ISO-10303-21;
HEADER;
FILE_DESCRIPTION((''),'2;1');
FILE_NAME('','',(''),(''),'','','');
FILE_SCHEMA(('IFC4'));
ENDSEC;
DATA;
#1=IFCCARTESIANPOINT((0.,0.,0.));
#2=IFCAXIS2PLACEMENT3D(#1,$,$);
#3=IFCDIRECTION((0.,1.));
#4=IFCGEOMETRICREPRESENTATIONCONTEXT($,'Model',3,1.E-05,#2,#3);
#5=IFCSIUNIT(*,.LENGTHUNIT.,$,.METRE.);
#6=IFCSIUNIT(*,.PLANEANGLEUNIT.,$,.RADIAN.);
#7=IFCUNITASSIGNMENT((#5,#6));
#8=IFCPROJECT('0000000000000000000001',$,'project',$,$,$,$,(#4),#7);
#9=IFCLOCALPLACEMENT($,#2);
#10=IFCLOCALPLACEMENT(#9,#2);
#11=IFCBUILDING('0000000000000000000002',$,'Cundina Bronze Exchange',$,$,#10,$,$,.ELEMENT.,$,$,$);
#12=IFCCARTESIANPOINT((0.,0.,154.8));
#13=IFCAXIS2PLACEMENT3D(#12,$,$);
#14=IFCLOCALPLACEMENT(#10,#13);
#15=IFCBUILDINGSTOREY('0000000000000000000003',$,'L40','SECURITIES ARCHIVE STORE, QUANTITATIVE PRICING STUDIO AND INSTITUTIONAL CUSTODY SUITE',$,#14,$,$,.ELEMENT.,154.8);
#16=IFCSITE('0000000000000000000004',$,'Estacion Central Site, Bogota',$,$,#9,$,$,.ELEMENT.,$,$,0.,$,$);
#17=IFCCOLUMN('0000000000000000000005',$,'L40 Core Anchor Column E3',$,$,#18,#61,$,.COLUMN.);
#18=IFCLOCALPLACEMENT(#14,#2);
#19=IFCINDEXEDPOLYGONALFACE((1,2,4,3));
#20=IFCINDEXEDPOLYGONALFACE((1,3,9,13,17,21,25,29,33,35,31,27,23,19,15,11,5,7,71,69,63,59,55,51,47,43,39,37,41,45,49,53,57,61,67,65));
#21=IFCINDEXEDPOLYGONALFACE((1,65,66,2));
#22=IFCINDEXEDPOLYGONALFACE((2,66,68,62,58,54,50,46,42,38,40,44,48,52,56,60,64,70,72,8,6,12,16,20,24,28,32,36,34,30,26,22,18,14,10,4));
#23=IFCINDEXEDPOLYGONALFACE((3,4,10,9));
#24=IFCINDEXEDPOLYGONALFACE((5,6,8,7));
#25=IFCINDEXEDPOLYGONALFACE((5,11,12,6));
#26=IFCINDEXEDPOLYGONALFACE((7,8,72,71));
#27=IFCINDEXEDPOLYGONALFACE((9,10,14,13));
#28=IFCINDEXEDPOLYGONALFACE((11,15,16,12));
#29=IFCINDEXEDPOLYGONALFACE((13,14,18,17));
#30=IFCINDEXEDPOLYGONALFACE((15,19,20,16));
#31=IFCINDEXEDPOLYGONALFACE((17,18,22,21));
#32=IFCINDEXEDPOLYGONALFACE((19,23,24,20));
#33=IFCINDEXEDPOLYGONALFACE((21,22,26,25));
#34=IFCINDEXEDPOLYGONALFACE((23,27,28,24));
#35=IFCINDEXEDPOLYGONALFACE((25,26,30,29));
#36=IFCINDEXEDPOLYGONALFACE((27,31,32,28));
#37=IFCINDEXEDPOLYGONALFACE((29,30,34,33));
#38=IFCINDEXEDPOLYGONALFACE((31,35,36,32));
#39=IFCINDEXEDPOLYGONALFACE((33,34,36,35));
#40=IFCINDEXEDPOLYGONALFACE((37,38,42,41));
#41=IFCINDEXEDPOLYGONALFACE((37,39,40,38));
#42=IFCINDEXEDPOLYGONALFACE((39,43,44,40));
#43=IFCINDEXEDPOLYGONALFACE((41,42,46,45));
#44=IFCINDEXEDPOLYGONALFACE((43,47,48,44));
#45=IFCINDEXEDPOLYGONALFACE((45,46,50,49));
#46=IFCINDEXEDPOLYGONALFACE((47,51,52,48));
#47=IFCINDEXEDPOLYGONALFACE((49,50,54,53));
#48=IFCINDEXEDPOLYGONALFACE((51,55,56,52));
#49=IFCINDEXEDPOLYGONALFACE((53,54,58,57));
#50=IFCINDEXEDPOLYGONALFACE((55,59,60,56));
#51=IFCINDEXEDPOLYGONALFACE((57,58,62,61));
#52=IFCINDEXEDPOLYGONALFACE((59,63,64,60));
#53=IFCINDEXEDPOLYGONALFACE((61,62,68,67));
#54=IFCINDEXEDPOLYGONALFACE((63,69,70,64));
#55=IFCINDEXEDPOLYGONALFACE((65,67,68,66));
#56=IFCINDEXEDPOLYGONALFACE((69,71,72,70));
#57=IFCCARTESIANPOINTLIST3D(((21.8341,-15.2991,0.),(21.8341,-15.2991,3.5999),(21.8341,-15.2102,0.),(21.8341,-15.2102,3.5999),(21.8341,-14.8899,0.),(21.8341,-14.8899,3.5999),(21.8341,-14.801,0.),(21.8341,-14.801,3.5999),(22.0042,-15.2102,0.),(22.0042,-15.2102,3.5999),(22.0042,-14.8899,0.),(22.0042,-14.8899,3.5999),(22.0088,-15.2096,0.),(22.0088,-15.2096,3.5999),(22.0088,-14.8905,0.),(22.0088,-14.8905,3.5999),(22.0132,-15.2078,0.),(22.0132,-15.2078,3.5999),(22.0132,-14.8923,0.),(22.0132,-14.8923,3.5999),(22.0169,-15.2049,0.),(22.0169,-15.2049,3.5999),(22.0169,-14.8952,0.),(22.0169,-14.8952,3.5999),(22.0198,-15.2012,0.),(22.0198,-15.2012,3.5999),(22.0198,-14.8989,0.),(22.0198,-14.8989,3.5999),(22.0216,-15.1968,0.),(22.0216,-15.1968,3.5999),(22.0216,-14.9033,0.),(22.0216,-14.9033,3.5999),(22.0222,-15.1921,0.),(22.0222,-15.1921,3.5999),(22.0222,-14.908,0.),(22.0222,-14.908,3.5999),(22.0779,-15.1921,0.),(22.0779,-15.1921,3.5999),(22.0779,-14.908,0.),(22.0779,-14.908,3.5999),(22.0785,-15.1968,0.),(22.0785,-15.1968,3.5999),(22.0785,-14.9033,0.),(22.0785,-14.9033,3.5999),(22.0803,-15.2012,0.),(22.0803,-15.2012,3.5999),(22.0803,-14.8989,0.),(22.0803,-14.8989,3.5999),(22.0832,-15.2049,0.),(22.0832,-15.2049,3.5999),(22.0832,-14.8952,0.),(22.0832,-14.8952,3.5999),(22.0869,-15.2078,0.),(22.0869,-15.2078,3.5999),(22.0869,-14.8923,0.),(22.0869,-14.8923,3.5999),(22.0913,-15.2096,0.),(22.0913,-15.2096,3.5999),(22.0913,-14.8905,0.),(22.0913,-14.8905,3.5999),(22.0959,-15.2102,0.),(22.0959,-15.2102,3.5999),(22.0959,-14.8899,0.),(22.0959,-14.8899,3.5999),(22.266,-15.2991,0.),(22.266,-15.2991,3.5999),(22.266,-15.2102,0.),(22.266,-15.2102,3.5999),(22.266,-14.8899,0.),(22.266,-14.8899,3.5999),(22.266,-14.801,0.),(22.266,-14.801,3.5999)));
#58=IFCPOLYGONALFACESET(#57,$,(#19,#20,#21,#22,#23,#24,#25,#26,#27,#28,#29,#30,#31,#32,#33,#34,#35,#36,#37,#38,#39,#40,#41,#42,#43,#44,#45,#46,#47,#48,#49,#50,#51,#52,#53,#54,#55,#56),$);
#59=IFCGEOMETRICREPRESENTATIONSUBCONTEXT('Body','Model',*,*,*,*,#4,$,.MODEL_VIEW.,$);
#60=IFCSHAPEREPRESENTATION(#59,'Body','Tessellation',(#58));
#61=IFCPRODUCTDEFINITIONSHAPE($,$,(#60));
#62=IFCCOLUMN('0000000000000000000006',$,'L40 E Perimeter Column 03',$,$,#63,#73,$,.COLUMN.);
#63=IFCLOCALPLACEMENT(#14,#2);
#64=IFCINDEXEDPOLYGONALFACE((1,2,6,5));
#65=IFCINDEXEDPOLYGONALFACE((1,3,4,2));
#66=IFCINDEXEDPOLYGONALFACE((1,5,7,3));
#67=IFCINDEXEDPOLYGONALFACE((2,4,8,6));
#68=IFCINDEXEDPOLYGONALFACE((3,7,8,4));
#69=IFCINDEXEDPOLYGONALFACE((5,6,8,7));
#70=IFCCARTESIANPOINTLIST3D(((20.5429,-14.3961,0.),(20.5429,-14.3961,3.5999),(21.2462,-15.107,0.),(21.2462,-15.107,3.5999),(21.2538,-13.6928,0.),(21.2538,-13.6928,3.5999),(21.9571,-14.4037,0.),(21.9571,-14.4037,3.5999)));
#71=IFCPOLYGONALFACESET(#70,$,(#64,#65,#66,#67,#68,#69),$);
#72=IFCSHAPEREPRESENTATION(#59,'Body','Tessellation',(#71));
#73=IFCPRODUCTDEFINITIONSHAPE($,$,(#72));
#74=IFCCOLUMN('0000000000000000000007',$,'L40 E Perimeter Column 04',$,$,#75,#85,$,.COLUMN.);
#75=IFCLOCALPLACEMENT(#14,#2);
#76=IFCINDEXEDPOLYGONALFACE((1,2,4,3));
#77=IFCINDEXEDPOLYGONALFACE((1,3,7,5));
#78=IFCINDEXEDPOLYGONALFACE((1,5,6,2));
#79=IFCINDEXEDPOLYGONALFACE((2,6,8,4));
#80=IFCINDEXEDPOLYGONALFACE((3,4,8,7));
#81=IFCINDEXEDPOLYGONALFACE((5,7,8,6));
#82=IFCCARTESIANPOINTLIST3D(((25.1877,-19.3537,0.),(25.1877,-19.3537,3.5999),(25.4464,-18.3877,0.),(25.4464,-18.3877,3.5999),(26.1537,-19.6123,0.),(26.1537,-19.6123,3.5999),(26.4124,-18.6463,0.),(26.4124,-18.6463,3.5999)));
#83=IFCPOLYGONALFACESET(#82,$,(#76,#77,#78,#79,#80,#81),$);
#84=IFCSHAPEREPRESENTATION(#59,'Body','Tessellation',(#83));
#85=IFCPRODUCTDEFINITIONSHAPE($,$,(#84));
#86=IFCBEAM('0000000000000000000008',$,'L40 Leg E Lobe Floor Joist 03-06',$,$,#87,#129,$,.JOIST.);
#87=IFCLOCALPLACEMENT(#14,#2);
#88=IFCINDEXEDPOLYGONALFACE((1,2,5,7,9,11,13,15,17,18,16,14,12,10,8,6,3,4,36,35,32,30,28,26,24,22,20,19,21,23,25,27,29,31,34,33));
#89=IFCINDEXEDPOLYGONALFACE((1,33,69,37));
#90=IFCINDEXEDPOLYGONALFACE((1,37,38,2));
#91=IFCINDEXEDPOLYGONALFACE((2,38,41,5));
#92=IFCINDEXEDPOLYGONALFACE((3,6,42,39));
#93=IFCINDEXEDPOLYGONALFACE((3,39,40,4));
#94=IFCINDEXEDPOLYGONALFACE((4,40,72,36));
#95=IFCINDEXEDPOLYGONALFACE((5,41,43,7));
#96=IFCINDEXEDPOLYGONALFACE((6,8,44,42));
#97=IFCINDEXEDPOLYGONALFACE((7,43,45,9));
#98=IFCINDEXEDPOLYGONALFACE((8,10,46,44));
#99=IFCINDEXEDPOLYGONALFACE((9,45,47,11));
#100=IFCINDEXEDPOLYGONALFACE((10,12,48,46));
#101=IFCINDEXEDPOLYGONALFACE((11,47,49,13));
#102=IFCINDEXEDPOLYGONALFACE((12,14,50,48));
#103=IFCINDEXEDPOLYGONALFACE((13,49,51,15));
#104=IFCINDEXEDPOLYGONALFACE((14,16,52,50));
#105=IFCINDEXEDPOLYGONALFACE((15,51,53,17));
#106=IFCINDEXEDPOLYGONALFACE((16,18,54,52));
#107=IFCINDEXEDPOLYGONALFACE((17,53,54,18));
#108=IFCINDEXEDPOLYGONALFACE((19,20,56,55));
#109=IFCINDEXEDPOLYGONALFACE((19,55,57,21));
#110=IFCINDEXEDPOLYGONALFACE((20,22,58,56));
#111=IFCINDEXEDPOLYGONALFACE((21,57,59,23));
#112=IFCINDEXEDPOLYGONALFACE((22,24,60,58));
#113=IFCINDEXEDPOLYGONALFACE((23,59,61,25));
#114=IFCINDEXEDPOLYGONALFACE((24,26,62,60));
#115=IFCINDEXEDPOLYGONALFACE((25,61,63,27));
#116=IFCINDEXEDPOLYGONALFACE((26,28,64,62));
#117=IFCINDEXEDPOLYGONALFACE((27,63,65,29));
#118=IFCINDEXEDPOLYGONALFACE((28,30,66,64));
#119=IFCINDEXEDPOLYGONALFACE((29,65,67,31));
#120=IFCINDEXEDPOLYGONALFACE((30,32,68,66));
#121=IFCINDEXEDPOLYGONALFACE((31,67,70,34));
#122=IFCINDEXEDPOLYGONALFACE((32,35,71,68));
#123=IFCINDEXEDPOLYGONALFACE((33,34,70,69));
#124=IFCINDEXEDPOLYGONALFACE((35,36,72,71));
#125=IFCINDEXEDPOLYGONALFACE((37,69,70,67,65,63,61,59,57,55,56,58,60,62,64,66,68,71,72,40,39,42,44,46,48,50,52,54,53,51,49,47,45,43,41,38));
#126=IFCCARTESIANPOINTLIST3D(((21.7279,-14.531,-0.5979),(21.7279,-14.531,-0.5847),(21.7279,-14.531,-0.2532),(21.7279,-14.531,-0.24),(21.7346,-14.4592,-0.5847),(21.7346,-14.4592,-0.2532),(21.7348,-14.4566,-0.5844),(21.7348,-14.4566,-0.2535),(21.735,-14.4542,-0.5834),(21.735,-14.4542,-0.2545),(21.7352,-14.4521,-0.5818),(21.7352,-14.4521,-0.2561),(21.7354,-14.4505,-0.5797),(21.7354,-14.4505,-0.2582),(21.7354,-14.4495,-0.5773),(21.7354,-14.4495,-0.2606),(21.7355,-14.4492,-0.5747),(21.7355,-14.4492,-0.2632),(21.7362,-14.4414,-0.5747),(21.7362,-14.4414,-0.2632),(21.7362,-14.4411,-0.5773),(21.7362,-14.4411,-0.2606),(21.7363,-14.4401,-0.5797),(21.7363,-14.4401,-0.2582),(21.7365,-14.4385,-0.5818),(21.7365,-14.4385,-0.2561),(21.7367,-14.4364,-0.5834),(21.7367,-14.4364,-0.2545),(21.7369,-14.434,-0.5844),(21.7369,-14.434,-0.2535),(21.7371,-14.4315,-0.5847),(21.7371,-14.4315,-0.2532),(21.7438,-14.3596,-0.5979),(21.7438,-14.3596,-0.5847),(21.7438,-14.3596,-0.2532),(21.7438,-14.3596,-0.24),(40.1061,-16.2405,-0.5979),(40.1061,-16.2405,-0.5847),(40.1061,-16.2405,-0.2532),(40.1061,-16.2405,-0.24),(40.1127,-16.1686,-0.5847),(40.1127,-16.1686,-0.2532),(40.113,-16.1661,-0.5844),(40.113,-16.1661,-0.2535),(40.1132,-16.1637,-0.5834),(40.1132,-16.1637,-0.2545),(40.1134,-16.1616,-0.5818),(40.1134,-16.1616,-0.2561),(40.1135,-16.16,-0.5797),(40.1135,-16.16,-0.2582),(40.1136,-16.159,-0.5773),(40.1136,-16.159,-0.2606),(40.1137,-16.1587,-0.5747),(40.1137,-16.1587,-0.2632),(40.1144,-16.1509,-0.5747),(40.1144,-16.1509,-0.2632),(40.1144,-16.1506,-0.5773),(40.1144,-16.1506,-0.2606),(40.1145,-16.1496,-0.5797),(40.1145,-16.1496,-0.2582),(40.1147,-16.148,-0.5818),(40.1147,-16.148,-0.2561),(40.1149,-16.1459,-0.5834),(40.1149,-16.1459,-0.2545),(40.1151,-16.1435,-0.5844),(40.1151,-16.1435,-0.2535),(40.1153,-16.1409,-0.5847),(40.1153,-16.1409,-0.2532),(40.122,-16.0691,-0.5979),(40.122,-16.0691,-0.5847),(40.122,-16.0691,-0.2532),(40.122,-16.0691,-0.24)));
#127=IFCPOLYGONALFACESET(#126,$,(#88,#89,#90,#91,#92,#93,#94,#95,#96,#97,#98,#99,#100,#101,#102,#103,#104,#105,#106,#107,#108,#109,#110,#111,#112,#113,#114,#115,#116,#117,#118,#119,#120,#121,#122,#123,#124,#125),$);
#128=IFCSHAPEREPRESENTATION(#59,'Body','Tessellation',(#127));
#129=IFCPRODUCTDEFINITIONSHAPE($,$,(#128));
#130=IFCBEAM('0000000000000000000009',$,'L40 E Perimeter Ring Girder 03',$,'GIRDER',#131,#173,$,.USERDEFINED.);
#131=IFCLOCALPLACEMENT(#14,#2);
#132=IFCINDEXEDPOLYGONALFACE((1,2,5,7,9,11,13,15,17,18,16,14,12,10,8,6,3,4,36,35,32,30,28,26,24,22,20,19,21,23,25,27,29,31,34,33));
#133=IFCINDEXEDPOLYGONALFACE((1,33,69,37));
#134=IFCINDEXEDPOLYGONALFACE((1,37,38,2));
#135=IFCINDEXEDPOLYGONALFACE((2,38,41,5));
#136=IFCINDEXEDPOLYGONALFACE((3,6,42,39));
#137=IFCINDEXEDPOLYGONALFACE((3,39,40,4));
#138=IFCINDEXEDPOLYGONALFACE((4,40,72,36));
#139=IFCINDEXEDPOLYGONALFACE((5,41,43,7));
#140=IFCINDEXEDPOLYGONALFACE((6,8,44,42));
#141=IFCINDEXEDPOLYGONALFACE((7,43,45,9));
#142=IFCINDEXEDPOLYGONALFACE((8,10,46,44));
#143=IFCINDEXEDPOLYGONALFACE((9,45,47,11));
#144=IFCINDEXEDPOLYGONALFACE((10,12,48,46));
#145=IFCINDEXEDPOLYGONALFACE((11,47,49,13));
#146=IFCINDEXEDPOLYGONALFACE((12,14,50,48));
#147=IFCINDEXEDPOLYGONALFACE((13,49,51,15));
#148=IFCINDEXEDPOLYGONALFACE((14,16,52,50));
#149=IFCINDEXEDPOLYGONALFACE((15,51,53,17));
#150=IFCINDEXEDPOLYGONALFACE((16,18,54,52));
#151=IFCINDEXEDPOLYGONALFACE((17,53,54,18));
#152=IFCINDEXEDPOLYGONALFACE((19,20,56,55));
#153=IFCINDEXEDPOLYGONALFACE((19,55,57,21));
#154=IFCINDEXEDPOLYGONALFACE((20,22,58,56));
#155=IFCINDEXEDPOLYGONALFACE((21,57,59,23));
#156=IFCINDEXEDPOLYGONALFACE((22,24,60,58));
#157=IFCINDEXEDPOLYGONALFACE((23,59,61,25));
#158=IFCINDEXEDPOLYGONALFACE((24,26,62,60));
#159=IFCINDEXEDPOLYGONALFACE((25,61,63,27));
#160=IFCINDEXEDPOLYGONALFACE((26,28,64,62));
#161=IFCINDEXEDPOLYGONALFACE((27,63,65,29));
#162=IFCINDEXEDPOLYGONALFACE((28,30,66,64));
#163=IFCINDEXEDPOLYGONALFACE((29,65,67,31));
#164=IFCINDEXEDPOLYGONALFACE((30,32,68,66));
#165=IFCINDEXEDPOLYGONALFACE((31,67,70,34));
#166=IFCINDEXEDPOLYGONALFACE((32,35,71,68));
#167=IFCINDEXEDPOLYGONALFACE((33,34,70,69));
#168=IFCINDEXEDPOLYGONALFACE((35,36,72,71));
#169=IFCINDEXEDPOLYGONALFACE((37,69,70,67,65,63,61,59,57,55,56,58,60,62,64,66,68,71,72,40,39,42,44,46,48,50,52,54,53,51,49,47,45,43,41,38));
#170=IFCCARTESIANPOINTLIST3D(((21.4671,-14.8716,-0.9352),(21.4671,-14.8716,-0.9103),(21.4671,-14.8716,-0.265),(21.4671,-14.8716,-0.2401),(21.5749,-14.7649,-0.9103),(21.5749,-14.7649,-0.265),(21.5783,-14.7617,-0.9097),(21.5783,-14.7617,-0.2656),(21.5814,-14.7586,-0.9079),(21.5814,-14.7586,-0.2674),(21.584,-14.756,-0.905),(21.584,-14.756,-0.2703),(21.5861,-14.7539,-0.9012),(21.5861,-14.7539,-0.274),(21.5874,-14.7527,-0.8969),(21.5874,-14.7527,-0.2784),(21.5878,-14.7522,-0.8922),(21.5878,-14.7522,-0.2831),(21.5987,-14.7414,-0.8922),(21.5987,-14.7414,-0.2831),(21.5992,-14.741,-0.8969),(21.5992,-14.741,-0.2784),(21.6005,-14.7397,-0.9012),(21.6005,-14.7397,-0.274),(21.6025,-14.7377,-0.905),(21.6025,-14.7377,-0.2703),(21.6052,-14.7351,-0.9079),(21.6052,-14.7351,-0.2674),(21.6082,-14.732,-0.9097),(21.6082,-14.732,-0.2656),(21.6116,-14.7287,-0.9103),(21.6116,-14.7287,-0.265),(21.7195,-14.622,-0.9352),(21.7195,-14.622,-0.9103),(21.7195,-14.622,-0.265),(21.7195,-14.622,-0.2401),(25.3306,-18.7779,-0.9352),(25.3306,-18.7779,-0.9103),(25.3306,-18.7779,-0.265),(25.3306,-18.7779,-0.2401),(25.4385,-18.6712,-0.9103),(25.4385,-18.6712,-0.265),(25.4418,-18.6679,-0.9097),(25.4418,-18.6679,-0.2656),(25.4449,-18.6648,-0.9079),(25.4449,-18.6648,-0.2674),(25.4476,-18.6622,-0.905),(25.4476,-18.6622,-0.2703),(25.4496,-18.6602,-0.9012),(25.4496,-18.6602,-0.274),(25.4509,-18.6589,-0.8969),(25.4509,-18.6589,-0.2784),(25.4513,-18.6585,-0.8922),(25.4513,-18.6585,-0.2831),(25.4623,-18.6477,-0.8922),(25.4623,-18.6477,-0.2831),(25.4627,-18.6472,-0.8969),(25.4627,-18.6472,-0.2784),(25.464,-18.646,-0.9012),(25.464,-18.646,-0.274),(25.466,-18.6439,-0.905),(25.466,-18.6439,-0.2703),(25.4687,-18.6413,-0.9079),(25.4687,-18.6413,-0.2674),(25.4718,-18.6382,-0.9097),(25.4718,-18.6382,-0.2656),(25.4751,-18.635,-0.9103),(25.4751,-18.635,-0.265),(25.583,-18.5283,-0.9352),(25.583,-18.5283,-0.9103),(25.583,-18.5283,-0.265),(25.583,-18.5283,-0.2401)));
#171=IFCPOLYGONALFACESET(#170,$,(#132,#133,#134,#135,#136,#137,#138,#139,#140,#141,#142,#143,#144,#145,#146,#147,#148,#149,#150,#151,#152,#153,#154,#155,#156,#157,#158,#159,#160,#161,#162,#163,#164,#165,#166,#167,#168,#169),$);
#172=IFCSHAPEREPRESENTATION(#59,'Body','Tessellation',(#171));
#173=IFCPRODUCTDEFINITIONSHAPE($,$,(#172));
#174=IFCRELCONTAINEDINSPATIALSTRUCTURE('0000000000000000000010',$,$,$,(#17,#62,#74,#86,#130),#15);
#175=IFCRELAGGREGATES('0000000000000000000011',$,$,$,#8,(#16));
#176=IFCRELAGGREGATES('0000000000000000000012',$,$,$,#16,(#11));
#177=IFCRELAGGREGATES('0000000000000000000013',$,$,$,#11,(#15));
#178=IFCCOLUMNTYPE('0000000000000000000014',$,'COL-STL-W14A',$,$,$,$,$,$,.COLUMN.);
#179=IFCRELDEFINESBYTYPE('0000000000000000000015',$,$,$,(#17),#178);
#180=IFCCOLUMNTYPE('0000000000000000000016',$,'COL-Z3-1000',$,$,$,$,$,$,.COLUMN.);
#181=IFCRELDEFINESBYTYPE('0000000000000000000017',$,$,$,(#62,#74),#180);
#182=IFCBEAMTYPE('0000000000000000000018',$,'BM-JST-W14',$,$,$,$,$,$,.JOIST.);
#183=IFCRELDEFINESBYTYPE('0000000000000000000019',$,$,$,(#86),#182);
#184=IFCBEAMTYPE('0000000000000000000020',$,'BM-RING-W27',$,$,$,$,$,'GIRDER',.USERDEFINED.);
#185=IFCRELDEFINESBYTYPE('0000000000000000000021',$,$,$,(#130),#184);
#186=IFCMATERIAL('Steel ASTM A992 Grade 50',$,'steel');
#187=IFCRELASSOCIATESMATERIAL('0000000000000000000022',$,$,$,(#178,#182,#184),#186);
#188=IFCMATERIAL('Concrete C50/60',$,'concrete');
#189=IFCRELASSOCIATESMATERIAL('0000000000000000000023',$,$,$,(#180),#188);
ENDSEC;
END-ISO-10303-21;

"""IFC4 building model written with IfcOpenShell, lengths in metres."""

from ifc_helpers import new_model, si_unit, direction, frame, origin, origin_2d, place, context, subcontext, project, spatial, rectangle, i_section, extrude, material, material_profile, profile_set, type_object, element, save


model = new_model("IFC4")

# Units and contexts
model_context = context("Model", 3, precision=1e-05, world=origin(), true_north=direction((0.0, 1.0)))
body_context = subcontext(model_context, "Body", "Model", "MODEL_VIEW")
ifc_project = project(units=[si_unit("LENGTHUNIT", "METRE"), si_unit("PLANEANGLEUNIT", "RADIAN")], contexts=[model_context])

# Site, building, storey
site_placement = place(None, origin())
site = spatial("IfcSite", under=ifc_project, at=site_placement, Name="Estacion Central Site, Bogota", CompositionType="ELEMENT", RefElevation=0.0)
building_placement = place(site_placement, origin())
building = spatial("IfcBuilding", under=site, at=building_placement, Name="Cundina Bronze Exchange", CompositionType="ELEMENT")
storey_placement = place(building_placement, frame((0.0, 0.0, 154.8)))
storey = spatial("IfcBuildingStorey", under=building, at=storey_placement, Name="L40", Description="SECURITIES ARCHIVE STORE, QUANTITATIVE PRICING STUDIO AND INSTITUTIONAL CUSTODY SUITE", CompositionType="ELEMENT", Elevation=154.8)

# Columns
ifc_material_1 = material(Name="Steel ASTM A992 Grade 50", Category="steel")
ifc_material_profile_1 = material_profile(ifc_material_1, i_section(OverallWidth=0.4319, OverallDepth=0.498, WebThickness=0.0557, FlangeThickness=0.0889, FilletRadius=0.0181, at=origin_2d()), Name="W14X500", Category="steel")
ifc_profile_set_1 = profile_set([ifc_material_profile_1], Name="Steel ASTM A992 Grade 50")
column_type_1 = type_object("IfcColumnType", Name="COL-STL-W14A", PredefinedType="COLUMN", material=ifc_profile_set_1)
column_placement = place(storey_placement, frame((22.05, -15.05, 0.0), z_axis=(0.0, 0.0, 1.0), x_axis=(1.0, 0.0, 0.0)))
element("IfcColumn", 1, at=column_placement, inside=storey, type_object=column_type_1, Name="L40 Core Anchor Column E3", PredefinedType="COLUMN", context=body_context, shape_type="SweptSolid", body=[
    extrude(i_section(OverallWidth=0.4319, OverallDepth=0.498, WebThickness=0.0557, FlangeThickness=0.0889, FilletRadius=0.0181, at=origin_2d()), origin(), (0.0, 0.0, 1.0), 3.5999),
])
ifc_material_2 = material(Name="Concrete C50/60", Category="concrete")
ifc_material_profile_2 = material_profile(ifc_material_2, rectangle(XDim=1.0, YDim=1.0, at=origin_2d()), Name="RC1000X1000", Category="concrete")
ifc_profile_set_2 = profile_set([ifc_material_profile_2], Name="Concrete C50/60")
column_type_2 = type_object("IfcColumnType", Name="COL-Z3-1000", PredefinedType="COLUMN", material=ifc_profile_set_2)
for number, where, z_axis, x_axis, name in (
    (2, (21.25, -14.3999, 0.0), (0.0, 0.0, 1.0), (0.703271, -0.710922, 0.0), "L40 E Perimeter Column 03"),
    (3, (25.8, -19.0, 0.0), (0.0, 0.0, 1.0), (0.965971, -0.25865, 0.0), "L40 E Perimeter Column 04"),
):
    element("IfcColumn", number, at=place(storey_placement, frame(where, z_axis=z_axis, x_axis=x_axis)), inside=storey, type_object=column_type_2, Name=name, PredefinedType="COLUMN", context=body_context, shape_type="SweptSolid", body=[
        extrude(rectangle(XDim=1.0, YDim=1.0, at=origin_2d()), origin(), (0.0, 0.0, 1.0), 3.5999),
    ])

# Beams
ifc_material_profile_3 = material_profile(ifc_material_1, i_section(OverallWidth=0.1721, OverallDepth=0.3579, WebThickness=0.0078, FlangeThickness=0.0132, FilletRadius=0.01, at=origin_2d()), Name="W14X38", Category="steel")
ifc_profile_set_3 = profile_set([ifc_material_profile_3], Name="Steel ASTM A992 Grade 50")
beam_type_1 = type_object("IfcBeamType", Name="BM-JST-W14", PredefinedType="JOIST", material=ifc_profile_set_3)
beam_1_placement = place(storey_placement, frame((21.7358, -14.4453, -0.4189), z_axis=(0.995702, -0.092617, 0.0), x_axis=(0.092617, 0.995702, 0.0)))
element("IfcBeam", 4, at=beam_1_placement, inside=storey, type_object=beam_type_1, Name="L40 Leg E Lobe Floor Joist 03-06", PredefinedType="JOIST", context=body_context, shape_type="SweptSolid", body=[
    extrude(i_section(OverallWidth=0.1721, OverallDepth=0.3579, WebThickness=0.0078, FlangeThickness=0.0132, FilletRadius=0.01, at=origin_2d()), origin(), (0.0, 0.0, 1.0), 18.4575),
])
ifc_material_profile_4 = material_profile(ifc_material_1, i_section(OverallWidth=0.355, OverallDepth=0.6951, WebThickness=0.0154, FlangeThickness=0.0249, FilletRadius=0.0181, at=origin_2d()), Name="W27X146", Category="steel")
ifc_profile_set_4 = profile_set([ifc_material_profile_4], Name="Steel ASTM A992 Grade 50")
beam_type_2 = type_object("IfcBeamType", Name="BM-RING-W27", ElementType="GIRDER", PredefinedType="USERDEFINED", material=ifc_profile_set_4)
beam_2_placement = place(storey_placement, frame((21.5933, -14.7468, -0.5876), z_axis=(0.703208, -0.710984, 0.0), x_axis=(0.710984, 0.703208, 0.0)))
element("IfcBeam", 5, at=beam_2_placement, inside=storey, type_object=beam_type_2, Name="L40 E Perimeter Ring Girder 03", ObjectType="GIRDER", PredefinedType="USERDEFINED", context=body_context, shape_type="SweptSolid", body=[
    extrude(i_section(OverallWidth=0.355, OverallDepth=0.6951, WebThickness=0.0154, FlangeThickness=0.0249, FilletRadius=0.0181, at=origin_2d()), origin(), (0.0, 0.0, 1.0), 5.4941),
])

save(model, "model.ifc")
